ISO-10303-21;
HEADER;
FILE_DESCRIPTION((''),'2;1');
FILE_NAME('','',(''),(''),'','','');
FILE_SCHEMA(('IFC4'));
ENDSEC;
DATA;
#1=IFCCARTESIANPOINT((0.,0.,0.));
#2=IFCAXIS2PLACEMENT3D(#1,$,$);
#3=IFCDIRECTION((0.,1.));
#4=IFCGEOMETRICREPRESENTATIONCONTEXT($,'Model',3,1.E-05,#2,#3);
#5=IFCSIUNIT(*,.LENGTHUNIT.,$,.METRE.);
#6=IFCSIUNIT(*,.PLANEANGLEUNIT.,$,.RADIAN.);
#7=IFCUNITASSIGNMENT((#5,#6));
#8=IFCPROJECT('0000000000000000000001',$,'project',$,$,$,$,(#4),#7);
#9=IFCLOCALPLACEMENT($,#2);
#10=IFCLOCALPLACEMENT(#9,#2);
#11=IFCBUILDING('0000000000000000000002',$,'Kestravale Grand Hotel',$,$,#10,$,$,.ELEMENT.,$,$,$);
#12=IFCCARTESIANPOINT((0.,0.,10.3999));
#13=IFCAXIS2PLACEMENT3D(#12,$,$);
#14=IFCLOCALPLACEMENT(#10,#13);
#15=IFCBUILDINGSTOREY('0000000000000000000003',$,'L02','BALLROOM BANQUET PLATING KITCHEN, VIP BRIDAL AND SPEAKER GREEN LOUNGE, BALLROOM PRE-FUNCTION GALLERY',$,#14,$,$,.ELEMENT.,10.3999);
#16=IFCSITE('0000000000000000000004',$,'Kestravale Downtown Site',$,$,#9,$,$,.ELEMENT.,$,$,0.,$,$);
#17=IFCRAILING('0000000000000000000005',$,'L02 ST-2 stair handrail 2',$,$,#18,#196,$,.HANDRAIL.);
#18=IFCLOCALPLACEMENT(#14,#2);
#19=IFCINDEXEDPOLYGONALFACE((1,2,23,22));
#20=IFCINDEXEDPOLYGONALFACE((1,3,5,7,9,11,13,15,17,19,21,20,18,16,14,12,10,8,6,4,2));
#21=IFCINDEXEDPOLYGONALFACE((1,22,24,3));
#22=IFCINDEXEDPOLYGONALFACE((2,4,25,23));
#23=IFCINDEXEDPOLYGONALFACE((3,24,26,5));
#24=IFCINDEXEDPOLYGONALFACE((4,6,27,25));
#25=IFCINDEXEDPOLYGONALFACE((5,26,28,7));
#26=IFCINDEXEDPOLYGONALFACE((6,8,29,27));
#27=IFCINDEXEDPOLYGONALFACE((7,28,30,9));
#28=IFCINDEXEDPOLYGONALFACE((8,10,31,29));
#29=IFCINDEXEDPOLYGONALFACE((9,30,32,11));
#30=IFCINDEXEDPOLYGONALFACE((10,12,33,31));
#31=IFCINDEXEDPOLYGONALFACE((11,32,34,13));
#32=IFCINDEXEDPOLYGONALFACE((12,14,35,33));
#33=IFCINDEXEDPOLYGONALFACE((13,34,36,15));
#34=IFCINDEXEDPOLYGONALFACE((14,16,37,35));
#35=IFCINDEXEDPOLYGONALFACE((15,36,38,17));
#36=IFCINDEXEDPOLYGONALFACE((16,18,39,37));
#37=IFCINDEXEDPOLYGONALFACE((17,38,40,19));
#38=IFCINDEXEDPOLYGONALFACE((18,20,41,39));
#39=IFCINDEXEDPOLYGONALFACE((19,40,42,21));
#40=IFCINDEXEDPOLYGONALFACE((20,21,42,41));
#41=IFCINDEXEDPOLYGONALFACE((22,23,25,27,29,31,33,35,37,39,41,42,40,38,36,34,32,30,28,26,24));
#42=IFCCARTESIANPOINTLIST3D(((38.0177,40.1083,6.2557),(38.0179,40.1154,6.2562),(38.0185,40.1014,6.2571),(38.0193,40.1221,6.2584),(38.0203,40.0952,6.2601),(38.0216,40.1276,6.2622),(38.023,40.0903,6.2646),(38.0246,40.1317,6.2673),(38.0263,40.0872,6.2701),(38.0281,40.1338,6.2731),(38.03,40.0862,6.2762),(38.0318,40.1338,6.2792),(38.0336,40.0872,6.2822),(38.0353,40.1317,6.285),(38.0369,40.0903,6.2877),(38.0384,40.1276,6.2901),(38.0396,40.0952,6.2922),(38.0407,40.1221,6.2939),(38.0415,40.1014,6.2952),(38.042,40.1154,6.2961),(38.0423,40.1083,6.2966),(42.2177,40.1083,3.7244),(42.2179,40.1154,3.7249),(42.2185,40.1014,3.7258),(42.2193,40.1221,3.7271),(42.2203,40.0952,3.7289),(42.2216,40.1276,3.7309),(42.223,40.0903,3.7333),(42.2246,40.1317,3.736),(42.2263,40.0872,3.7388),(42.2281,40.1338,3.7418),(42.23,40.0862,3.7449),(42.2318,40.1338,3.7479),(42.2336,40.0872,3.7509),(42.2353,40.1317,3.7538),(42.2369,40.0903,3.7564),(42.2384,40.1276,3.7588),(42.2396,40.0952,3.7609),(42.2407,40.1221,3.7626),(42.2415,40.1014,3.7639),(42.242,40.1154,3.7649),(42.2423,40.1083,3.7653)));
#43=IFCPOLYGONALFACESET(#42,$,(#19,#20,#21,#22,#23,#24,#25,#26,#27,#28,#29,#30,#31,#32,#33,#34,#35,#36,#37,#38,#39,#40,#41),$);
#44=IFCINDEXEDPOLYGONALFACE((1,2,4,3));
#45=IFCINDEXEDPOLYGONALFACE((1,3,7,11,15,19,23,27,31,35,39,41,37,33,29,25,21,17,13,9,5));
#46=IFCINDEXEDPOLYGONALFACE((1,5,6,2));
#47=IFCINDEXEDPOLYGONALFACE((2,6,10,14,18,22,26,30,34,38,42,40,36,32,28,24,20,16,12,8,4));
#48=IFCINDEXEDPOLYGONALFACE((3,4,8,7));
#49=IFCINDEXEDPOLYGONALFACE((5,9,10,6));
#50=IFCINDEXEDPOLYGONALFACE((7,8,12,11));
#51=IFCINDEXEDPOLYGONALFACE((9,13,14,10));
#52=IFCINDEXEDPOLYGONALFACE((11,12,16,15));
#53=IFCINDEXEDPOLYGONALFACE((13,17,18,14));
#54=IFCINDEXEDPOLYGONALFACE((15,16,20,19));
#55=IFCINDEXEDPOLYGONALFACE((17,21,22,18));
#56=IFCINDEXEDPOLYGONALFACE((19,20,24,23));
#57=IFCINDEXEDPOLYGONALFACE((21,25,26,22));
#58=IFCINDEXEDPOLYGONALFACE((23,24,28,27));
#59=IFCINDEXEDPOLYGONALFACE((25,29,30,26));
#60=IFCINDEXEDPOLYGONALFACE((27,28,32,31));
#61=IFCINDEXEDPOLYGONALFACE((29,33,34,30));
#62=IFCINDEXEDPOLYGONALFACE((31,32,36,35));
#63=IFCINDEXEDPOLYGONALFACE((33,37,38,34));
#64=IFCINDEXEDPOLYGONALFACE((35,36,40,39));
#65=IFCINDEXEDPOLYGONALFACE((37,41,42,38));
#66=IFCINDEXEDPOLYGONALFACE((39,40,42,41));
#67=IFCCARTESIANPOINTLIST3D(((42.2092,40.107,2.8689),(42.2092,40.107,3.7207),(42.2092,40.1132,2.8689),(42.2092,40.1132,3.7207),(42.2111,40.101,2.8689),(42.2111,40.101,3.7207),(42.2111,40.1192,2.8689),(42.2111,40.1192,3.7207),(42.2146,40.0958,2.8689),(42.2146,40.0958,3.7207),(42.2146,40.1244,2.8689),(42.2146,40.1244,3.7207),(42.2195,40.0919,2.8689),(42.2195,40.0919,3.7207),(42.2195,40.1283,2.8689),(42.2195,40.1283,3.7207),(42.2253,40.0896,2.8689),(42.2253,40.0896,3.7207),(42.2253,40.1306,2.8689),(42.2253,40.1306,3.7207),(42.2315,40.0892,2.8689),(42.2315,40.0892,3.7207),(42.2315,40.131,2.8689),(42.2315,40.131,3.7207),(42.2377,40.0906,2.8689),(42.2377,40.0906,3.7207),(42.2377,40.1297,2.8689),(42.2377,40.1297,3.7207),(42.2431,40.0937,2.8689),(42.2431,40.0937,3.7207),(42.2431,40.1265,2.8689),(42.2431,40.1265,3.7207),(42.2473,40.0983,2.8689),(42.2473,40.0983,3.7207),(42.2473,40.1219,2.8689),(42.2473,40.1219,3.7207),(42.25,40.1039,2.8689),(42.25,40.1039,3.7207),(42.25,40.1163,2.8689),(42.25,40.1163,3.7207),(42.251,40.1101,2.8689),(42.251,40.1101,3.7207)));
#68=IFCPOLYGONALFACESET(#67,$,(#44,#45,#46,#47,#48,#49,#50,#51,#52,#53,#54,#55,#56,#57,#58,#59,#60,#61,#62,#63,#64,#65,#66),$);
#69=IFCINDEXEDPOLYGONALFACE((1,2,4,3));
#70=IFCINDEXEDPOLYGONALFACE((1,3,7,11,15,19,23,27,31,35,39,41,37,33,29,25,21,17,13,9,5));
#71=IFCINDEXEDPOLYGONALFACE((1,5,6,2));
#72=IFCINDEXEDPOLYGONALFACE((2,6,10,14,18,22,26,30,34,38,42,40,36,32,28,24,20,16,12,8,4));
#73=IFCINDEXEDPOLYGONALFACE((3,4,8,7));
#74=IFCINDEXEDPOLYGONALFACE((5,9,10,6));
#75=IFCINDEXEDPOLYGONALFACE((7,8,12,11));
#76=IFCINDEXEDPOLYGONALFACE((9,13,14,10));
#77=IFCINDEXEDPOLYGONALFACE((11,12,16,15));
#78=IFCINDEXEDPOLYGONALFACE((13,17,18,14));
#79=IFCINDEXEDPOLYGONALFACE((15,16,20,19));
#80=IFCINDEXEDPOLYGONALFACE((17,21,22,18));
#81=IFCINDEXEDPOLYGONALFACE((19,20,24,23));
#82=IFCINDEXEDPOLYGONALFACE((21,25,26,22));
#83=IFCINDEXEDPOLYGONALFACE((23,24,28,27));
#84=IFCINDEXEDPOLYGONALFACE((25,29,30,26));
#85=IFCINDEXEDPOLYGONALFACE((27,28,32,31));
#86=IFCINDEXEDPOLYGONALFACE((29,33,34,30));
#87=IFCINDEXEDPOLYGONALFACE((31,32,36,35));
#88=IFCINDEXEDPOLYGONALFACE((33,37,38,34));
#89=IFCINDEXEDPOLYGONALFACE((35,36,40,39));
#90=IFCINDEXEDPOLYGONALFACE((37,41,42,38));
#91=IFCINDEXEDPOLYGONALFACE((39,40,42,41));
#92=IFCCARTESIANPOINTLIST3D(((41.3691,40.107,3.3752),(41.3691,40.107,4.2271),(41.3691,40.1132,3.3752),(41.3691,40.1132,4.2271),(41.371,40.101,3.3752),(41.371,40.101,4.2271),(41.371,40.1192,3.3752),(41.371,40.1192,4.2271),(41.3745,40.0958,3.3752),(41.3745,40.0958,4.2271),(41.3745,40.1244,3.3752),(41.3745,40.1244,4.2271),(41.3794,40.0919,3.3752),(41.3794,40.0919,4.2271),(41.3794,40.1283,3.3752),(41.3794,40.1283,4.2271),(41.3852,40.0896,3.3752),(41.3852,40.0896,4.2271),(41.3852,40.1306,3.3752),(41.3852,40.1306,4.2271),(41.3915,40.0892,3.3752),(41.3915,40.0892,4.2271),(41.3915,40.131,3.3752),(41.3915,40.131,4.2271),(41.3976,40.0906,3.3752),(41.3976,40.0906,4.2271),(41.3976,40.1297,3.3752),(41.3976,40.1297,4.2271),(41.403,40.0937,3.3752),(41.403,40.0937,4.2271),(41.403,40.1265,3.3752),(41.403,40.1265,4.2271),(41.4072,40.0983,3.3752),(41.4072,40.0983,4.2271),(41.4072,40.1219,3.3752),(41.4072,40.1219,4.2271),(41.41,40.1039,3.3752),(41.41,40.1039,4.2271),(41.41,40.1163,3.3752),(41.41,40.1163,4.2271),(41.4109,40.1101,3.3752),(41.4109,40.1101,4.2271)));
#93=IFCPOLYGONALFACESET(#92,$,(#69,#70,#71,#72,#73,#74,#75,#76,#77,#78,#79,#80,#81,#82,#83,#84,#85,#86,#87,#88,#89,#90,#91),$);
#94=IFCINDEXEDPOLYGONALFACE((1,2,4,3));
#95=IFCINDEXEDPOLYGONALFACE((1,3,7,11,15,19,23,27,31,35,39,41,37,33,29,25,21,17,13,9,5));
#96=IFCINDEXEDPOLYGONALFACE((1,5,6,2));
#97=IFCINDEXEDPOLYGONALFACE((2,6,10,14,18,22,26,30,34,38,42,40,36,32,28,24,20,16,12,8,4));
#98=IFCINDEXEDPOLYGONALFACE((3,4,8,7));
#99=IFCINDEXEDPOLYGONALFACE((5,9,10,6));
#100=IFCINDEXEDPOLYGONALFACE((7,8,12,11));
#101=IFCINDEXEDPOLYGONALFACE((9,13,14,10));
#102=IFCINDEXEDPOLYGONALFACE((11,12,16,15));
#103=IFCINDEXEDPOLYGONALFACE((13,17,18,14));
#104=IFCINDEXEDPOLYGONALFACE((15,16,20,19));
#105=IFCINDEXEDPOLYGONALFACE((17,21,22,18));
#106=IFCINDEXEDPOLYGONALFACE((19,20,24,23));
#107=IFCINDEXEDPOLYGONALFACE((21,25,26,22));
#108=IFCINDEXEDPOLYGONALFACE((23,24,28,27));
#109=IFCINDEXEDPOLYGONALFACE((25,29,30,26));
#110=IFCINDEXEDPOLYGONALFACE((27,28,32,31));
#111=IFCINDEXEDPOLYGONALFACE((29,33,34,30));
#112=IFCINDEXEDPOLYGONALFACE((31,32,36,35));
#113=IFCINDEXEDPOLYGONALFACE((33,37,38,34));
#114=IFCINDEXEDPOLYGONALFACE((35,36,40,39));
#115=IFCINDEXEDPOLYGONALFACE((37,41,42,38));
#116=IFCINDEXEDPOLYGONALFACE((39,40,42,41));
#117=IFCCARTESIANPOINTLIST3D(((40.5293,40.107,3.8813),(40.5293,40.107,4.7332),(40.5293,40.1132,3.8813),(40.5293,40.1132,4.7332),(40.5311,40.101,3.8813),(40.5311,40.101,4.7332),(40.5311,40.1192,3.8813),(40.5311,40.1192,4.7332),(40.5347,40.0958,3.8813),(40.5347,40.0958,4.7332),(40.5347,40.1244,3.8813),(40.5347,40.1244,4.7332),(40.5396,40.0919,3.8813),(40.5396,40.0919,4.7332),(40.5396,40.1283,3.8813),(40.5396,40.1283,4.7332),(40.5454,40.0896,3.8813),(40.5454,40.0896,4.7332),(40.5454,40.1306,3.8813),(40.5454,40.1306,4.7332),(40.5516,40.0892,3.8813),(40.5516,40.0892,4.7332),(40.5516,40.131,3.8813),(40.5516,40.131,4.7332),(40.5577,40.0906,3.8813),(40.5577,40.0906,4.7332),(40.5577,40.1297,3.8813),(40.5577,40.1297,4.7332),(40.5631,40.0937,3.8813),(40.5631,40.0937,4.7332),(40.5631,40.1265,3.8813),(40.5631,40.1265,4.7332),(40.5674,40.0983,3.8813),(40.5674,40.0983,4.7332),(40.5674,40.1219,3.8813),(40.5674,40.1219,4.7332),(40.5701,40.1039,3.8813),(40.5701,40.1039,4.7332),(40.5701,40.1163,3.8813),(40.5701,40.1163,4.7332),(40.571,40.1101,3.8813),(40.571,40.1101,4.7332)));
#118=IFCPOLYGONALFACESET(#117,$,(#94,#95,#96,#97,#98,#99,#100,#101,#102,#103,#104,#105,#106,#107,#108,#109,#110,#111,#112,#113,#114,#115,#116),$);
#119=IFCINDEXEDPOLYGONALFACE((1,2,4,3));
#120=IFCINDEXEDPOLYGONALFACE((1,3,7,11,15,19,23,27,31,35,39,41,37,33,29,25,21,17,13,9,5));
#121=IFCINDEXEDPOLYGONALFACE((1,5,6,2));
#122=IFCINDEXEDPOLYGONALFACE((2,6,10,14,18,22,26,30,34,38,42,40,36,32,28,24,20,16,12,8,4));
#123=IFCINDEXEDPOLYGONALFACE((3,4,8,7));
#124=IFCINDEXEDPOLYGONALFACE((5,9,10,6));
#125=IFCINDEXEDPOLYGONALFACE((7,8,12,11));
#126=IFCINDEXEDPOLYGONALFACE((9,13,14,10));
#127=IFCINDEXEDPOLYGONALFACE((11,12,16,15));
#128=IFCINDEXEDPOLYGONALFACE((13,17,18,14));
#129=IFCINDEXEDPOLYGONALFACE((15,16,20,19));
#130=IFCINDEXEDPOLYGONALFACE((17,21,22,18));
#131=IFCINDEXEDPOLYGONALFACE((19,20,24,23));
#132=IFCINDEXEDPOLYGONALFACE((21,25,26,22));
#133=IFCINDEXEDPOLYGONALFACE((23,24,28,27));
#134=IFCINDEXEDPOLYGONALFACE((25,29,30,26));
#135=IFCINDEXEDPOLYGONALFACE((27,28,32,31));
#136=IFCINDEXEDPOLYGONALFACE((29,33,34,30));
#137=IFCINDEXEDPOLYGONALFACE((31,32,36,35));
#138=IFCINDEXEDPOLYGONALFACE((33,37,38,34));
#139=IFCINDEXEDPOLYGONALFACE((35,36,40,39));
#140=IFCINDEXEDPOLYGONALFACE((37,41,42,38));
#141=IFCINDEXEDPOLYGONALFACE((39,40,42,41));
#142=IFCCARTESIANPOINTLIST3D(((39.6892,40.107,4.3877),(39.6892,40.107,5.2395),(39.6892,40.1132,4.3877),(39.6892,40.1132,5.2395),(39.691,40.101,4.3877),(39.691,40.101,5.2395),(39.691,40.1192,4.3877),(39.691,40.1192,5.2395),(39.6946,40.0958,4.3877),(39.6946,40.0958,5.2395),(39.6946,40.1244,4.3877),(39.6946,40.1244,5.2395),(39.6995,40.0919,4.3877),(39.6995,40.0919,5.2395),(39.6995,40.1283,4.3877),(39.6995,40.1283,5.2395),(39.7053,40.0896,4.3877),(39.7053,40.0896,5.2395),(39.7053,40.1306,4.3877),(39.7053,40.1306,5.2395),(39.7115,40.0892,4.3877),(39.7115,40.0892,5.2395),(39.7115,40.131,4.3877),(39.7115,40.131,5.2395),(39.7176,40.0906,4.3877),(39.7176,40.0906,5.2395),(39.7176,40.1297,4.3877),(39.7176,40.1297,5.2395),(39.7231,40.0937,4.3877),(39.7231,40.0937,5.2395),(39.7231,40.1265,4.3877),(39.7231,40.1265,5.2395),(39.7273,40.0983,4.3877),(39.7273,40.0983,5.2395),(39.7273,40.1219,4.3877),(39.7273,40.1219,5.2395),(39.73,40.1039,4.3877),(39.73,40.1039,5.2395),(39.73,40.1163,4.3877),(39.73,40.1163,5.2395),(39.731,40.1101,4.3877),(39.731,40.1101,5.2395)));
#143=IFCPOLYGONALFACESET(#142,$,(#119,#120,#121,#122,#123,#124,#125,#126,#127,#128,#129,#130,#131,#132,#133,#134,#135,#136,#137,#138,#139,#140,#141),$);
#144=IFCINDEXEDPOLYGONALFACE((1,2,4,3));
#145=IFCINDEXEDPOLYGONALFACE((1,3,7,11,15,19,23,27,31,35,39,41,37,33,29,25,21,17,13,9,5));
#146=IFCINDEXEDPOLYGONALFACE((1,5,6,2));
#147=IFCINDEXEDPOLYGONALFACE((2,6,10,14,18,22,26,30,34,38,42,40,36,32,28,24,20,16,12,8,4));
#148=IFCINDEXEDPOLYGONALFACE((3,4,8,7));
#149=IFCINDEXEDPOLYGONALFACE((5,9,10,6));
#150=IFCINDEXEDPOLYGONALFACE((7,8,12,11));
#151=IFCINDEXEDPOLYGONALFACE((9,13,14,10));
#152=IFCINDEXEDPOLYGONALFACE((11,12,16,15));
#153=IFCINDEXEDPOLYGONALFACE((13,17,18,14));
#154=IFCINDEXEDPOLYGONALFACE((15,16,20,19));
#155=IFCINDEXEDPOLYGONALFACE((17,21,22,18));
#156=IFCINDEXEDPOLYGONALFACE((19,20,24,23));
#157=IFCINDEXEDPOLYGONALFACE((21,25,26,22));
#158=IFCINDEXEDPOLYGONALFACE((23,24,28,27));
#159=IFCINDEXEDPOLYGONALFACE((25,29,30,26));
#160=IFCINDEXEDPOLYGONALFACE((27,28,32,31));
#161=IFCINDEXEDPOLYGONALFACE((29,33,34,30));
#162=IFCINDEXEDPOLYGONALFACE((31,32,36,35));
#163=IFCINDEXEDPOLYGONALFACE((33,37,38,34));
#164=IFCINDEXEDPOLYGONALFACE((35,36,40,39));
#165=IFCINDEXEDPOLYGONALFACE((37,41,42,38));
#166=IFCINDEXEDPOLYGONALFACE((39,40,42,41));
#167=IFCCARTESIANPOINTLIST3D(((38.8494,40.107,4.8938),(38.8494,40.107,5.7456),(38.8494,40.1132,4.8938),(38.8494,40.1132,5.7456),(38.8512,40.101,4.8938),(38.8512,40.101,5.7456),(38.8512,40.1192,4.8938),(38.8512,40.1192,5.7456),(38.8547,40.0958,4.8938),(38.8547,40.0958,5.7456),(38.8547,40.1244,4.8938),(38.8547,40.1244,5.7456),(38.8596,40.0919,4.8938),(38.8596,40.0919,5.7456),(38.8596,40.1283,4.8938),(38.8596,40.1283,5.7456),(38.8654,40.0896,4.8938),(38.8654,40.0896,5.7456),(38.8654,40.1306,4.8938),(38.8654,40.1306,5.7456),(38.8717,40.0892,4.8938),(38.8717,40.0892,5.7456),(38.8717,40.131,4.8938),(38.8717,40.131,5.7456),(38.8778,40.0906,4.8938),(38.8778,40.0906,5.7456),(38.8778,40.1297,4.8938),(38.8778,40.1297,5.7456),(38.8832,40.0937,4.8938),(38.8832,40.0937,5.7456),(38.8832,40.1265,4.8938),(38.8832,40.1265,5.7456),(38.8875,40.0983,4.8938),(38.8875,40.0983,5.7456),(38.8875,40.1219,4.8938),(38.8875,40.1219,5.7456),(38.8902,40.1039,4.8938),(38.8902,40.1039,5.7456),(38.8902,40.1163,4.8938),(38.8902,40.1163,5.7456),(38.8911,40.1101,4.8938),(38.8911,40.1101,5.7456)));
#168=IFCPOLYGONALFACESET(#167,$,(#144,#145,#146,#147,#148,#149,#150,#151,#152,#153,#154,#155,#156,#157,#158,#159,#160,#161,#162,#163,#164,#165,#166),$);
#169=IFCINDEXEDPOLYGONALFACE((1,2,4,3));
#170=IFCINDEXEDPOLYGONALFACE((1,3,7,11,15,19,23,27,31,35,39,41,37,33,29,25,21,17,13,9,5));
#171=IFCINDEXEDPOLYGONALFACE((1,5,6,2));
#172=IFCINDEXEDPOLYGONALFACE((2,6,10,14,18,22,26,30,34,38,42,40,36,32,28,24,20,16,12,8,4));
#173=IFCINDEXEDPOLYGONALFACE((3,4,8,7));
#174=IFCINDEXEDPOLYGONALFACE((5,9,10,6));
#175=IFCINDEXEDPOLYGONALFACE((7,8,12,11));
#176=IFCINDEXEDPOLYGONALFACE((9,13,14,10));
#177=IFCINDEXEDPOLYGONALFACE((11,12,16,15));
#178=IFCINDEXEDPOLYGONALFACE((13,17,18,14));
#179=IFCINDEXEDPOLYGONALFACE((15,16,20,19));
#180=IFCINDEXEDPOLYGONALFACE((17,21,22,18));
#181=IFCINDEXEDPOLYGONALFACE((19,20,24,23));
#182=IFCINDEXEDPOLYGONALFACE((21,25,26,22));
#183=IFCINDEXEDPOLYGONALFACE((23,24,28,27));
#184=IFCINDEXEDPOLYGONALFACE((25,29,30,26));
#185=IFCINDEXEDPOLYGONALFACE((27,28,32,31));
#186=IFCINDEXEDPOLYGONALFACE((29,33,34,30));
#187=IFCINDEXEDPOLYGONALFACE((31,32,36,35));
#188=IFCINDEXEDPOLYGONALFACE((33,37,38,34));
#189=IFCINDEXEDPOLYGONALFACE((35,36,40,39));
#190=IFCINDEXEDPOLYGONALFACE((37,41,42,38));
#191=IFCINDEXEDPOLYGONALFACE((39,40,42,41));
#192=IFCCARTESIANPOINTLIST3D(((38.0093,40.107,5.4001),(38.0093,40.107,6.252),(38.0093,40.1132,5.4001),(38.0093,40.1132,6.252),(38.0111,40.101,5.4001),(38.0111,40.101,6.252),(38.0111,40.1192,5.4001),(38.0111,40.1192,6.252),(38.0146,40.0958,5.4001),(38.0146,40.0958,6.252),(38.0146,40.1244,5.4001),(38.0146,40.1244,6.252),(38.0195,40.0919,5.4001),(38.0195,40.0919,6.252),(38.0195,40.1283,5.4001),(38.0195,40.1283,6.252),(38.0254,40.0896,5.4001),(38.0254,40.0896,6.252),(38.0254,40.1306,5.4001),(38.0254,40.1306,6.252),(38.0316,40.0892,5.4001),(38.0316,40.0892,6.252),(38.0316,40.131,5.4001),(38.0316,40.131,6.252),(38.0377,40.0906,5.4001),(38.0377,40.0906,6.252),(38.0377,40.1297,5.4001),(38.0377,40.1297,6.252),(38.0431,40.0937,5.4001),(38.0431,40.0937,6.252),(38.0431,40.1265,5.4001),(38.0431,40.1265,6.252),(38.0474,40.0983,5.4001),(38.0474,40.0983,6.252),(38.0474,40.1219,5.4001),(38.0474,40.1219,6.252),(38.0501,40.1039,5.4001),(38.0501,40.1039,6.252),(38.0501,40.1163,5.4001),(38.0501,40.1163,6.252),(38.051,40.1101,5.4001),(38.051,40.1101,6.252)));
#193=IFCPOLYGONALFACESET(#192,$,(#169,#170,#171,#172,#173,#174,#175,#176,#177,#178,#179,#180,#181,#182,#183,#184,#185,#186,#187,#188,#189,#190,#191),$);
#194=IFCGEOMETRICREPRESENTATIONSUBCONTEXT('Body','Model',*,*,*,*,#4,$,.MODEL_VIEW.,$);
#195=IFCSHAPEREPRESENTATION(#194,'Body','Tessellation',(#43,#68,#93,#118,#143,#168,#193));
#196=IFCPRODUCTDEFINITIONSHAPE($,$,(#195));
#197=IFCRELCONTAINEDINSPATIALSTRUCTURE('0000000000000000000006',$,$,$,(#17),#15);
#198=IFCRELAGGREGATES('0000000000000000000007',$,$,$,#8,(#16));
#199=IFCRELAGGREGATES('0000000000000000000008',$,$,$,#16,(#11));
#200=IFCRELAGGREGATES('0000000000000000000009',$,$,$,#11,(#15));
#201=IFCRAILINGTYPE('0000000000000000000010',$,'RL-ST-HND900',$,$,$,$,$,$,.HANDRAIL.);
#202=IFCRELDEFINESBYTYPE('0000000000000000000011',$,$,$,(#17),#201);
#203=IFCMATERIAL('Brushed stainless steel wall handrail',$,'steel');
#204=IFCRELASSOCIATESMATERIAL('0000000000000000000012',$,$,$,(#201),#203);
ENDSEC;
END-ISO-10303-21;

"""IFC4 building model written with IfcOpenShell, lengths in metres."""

from ifc_helpers import new_model, si_unit, direction, frame, origin, origin_2d, place, context, subcontext, project, spatial, circle, extrude, material, type_object, element, save


model = new_model("IFC4")

# Units and contexts
model_context = context("Model", 3, precision=1e-05, world=origin(), true_north=direction((0.0, 1.0)))
body_context = subcontext(model_context, "Body", "Model", "MODEL_VIEW")
ifc_project = project(units=[si_unit("LENGTHUNIT", "METRE"), si_unit("PLANEANGLEUNIT", "RADIAN")], contexts=[model_context])

# Site, building, storey
site_placement = place(None, origin())
site = spatial("IfcSite", under=ifc_project, at=site_placement, Name="Kestravale Downtown Site", CompositionType="ELEMENT", RefElevation=0.0)
building_placement = place(site_placement, origin())
building = spatial("IfcBuilding", under=site, at=building_placement, Name="Kestravale Grand Hotel", CompositionType="ELEMENT")
storey_placement = place(building_placement, frame((0.0, 0.0, 10.3999)))
storey = spatial("IfcBuildingStorey", under=building, at=storey_placement, Name="L02", Description="BALLROOM BANQUET PLATING KITCHEN, VIP BRIDAL AND SPEAKER GREEN LOUNGE, BALLROOM PRE-FUNCTION GALLERY", CompositionType="ELEMENT", Elevation=10.3999)

# Railing
ifc_material_1 = material(Name="Brushed stainless steel wall handrail", Category="steel")
railing_type_1 = type_object("IfcRailingType", Name="RL-ST-HND900", PredefinedType="HANDRAIL", material=ifc_material_1)
railing_1_placement = place(storey_placement, frame((42.23, 40.1101, 2.8689)))
element("IfcRailing", 1, at=railing_1_placement, inside=storey, type_object=railing_type_1, Name="L02 ST-2 stair handrail 2", PredefinedType="HANDRAIL", context=body_context, shape_type="SweptSolid", body=[
    extrude(circle(Radius=0.0239, at=origin_2d()), frame((0.0, 0.0, 0.876), z_axis=(-0.856476, 0.0, 0.516186), x_axis=(0.0, -1.0, 0.0)), (0.0, 0.0, 1.0), 4.9038),
    extrude(circle(Radius=0.021, at=origin_2d()), origin(), (0.0, 0.0, 1.0), 0.8518),
    extrude(circle(Radius=0.021, at=origin_2d()), frame((-0.8401, 0.0, 0.5063)), (0.0, 0.0, 1.0), 0.8518),
    extrude(circle(Radius=0.021, at=origin_2d()), frame((-1.6799, 0.0, 1.0125)), (0.0, 0.0, 1.0), 0.8518),
    extrude(circle(Radius=0.021, at=origin_2d()), frame((-2.52, 0.0, 1.5188)), (0.0, 0.0, 1.0), 0.8518),
    extrude(circle(Radius=0.021, at=origin_2d()), frame((-3.3599, 0.0, 2.0249)), (0.0, 0.0, 1.0), 0.8518),
    extrude(circle(Radius=0.021, at=origin_2d()), frame((-4.2, 0.0, 2.5312)), (0.0, 0.0, 1.0), 0.8518),
])

save(model, "model.ifc")
